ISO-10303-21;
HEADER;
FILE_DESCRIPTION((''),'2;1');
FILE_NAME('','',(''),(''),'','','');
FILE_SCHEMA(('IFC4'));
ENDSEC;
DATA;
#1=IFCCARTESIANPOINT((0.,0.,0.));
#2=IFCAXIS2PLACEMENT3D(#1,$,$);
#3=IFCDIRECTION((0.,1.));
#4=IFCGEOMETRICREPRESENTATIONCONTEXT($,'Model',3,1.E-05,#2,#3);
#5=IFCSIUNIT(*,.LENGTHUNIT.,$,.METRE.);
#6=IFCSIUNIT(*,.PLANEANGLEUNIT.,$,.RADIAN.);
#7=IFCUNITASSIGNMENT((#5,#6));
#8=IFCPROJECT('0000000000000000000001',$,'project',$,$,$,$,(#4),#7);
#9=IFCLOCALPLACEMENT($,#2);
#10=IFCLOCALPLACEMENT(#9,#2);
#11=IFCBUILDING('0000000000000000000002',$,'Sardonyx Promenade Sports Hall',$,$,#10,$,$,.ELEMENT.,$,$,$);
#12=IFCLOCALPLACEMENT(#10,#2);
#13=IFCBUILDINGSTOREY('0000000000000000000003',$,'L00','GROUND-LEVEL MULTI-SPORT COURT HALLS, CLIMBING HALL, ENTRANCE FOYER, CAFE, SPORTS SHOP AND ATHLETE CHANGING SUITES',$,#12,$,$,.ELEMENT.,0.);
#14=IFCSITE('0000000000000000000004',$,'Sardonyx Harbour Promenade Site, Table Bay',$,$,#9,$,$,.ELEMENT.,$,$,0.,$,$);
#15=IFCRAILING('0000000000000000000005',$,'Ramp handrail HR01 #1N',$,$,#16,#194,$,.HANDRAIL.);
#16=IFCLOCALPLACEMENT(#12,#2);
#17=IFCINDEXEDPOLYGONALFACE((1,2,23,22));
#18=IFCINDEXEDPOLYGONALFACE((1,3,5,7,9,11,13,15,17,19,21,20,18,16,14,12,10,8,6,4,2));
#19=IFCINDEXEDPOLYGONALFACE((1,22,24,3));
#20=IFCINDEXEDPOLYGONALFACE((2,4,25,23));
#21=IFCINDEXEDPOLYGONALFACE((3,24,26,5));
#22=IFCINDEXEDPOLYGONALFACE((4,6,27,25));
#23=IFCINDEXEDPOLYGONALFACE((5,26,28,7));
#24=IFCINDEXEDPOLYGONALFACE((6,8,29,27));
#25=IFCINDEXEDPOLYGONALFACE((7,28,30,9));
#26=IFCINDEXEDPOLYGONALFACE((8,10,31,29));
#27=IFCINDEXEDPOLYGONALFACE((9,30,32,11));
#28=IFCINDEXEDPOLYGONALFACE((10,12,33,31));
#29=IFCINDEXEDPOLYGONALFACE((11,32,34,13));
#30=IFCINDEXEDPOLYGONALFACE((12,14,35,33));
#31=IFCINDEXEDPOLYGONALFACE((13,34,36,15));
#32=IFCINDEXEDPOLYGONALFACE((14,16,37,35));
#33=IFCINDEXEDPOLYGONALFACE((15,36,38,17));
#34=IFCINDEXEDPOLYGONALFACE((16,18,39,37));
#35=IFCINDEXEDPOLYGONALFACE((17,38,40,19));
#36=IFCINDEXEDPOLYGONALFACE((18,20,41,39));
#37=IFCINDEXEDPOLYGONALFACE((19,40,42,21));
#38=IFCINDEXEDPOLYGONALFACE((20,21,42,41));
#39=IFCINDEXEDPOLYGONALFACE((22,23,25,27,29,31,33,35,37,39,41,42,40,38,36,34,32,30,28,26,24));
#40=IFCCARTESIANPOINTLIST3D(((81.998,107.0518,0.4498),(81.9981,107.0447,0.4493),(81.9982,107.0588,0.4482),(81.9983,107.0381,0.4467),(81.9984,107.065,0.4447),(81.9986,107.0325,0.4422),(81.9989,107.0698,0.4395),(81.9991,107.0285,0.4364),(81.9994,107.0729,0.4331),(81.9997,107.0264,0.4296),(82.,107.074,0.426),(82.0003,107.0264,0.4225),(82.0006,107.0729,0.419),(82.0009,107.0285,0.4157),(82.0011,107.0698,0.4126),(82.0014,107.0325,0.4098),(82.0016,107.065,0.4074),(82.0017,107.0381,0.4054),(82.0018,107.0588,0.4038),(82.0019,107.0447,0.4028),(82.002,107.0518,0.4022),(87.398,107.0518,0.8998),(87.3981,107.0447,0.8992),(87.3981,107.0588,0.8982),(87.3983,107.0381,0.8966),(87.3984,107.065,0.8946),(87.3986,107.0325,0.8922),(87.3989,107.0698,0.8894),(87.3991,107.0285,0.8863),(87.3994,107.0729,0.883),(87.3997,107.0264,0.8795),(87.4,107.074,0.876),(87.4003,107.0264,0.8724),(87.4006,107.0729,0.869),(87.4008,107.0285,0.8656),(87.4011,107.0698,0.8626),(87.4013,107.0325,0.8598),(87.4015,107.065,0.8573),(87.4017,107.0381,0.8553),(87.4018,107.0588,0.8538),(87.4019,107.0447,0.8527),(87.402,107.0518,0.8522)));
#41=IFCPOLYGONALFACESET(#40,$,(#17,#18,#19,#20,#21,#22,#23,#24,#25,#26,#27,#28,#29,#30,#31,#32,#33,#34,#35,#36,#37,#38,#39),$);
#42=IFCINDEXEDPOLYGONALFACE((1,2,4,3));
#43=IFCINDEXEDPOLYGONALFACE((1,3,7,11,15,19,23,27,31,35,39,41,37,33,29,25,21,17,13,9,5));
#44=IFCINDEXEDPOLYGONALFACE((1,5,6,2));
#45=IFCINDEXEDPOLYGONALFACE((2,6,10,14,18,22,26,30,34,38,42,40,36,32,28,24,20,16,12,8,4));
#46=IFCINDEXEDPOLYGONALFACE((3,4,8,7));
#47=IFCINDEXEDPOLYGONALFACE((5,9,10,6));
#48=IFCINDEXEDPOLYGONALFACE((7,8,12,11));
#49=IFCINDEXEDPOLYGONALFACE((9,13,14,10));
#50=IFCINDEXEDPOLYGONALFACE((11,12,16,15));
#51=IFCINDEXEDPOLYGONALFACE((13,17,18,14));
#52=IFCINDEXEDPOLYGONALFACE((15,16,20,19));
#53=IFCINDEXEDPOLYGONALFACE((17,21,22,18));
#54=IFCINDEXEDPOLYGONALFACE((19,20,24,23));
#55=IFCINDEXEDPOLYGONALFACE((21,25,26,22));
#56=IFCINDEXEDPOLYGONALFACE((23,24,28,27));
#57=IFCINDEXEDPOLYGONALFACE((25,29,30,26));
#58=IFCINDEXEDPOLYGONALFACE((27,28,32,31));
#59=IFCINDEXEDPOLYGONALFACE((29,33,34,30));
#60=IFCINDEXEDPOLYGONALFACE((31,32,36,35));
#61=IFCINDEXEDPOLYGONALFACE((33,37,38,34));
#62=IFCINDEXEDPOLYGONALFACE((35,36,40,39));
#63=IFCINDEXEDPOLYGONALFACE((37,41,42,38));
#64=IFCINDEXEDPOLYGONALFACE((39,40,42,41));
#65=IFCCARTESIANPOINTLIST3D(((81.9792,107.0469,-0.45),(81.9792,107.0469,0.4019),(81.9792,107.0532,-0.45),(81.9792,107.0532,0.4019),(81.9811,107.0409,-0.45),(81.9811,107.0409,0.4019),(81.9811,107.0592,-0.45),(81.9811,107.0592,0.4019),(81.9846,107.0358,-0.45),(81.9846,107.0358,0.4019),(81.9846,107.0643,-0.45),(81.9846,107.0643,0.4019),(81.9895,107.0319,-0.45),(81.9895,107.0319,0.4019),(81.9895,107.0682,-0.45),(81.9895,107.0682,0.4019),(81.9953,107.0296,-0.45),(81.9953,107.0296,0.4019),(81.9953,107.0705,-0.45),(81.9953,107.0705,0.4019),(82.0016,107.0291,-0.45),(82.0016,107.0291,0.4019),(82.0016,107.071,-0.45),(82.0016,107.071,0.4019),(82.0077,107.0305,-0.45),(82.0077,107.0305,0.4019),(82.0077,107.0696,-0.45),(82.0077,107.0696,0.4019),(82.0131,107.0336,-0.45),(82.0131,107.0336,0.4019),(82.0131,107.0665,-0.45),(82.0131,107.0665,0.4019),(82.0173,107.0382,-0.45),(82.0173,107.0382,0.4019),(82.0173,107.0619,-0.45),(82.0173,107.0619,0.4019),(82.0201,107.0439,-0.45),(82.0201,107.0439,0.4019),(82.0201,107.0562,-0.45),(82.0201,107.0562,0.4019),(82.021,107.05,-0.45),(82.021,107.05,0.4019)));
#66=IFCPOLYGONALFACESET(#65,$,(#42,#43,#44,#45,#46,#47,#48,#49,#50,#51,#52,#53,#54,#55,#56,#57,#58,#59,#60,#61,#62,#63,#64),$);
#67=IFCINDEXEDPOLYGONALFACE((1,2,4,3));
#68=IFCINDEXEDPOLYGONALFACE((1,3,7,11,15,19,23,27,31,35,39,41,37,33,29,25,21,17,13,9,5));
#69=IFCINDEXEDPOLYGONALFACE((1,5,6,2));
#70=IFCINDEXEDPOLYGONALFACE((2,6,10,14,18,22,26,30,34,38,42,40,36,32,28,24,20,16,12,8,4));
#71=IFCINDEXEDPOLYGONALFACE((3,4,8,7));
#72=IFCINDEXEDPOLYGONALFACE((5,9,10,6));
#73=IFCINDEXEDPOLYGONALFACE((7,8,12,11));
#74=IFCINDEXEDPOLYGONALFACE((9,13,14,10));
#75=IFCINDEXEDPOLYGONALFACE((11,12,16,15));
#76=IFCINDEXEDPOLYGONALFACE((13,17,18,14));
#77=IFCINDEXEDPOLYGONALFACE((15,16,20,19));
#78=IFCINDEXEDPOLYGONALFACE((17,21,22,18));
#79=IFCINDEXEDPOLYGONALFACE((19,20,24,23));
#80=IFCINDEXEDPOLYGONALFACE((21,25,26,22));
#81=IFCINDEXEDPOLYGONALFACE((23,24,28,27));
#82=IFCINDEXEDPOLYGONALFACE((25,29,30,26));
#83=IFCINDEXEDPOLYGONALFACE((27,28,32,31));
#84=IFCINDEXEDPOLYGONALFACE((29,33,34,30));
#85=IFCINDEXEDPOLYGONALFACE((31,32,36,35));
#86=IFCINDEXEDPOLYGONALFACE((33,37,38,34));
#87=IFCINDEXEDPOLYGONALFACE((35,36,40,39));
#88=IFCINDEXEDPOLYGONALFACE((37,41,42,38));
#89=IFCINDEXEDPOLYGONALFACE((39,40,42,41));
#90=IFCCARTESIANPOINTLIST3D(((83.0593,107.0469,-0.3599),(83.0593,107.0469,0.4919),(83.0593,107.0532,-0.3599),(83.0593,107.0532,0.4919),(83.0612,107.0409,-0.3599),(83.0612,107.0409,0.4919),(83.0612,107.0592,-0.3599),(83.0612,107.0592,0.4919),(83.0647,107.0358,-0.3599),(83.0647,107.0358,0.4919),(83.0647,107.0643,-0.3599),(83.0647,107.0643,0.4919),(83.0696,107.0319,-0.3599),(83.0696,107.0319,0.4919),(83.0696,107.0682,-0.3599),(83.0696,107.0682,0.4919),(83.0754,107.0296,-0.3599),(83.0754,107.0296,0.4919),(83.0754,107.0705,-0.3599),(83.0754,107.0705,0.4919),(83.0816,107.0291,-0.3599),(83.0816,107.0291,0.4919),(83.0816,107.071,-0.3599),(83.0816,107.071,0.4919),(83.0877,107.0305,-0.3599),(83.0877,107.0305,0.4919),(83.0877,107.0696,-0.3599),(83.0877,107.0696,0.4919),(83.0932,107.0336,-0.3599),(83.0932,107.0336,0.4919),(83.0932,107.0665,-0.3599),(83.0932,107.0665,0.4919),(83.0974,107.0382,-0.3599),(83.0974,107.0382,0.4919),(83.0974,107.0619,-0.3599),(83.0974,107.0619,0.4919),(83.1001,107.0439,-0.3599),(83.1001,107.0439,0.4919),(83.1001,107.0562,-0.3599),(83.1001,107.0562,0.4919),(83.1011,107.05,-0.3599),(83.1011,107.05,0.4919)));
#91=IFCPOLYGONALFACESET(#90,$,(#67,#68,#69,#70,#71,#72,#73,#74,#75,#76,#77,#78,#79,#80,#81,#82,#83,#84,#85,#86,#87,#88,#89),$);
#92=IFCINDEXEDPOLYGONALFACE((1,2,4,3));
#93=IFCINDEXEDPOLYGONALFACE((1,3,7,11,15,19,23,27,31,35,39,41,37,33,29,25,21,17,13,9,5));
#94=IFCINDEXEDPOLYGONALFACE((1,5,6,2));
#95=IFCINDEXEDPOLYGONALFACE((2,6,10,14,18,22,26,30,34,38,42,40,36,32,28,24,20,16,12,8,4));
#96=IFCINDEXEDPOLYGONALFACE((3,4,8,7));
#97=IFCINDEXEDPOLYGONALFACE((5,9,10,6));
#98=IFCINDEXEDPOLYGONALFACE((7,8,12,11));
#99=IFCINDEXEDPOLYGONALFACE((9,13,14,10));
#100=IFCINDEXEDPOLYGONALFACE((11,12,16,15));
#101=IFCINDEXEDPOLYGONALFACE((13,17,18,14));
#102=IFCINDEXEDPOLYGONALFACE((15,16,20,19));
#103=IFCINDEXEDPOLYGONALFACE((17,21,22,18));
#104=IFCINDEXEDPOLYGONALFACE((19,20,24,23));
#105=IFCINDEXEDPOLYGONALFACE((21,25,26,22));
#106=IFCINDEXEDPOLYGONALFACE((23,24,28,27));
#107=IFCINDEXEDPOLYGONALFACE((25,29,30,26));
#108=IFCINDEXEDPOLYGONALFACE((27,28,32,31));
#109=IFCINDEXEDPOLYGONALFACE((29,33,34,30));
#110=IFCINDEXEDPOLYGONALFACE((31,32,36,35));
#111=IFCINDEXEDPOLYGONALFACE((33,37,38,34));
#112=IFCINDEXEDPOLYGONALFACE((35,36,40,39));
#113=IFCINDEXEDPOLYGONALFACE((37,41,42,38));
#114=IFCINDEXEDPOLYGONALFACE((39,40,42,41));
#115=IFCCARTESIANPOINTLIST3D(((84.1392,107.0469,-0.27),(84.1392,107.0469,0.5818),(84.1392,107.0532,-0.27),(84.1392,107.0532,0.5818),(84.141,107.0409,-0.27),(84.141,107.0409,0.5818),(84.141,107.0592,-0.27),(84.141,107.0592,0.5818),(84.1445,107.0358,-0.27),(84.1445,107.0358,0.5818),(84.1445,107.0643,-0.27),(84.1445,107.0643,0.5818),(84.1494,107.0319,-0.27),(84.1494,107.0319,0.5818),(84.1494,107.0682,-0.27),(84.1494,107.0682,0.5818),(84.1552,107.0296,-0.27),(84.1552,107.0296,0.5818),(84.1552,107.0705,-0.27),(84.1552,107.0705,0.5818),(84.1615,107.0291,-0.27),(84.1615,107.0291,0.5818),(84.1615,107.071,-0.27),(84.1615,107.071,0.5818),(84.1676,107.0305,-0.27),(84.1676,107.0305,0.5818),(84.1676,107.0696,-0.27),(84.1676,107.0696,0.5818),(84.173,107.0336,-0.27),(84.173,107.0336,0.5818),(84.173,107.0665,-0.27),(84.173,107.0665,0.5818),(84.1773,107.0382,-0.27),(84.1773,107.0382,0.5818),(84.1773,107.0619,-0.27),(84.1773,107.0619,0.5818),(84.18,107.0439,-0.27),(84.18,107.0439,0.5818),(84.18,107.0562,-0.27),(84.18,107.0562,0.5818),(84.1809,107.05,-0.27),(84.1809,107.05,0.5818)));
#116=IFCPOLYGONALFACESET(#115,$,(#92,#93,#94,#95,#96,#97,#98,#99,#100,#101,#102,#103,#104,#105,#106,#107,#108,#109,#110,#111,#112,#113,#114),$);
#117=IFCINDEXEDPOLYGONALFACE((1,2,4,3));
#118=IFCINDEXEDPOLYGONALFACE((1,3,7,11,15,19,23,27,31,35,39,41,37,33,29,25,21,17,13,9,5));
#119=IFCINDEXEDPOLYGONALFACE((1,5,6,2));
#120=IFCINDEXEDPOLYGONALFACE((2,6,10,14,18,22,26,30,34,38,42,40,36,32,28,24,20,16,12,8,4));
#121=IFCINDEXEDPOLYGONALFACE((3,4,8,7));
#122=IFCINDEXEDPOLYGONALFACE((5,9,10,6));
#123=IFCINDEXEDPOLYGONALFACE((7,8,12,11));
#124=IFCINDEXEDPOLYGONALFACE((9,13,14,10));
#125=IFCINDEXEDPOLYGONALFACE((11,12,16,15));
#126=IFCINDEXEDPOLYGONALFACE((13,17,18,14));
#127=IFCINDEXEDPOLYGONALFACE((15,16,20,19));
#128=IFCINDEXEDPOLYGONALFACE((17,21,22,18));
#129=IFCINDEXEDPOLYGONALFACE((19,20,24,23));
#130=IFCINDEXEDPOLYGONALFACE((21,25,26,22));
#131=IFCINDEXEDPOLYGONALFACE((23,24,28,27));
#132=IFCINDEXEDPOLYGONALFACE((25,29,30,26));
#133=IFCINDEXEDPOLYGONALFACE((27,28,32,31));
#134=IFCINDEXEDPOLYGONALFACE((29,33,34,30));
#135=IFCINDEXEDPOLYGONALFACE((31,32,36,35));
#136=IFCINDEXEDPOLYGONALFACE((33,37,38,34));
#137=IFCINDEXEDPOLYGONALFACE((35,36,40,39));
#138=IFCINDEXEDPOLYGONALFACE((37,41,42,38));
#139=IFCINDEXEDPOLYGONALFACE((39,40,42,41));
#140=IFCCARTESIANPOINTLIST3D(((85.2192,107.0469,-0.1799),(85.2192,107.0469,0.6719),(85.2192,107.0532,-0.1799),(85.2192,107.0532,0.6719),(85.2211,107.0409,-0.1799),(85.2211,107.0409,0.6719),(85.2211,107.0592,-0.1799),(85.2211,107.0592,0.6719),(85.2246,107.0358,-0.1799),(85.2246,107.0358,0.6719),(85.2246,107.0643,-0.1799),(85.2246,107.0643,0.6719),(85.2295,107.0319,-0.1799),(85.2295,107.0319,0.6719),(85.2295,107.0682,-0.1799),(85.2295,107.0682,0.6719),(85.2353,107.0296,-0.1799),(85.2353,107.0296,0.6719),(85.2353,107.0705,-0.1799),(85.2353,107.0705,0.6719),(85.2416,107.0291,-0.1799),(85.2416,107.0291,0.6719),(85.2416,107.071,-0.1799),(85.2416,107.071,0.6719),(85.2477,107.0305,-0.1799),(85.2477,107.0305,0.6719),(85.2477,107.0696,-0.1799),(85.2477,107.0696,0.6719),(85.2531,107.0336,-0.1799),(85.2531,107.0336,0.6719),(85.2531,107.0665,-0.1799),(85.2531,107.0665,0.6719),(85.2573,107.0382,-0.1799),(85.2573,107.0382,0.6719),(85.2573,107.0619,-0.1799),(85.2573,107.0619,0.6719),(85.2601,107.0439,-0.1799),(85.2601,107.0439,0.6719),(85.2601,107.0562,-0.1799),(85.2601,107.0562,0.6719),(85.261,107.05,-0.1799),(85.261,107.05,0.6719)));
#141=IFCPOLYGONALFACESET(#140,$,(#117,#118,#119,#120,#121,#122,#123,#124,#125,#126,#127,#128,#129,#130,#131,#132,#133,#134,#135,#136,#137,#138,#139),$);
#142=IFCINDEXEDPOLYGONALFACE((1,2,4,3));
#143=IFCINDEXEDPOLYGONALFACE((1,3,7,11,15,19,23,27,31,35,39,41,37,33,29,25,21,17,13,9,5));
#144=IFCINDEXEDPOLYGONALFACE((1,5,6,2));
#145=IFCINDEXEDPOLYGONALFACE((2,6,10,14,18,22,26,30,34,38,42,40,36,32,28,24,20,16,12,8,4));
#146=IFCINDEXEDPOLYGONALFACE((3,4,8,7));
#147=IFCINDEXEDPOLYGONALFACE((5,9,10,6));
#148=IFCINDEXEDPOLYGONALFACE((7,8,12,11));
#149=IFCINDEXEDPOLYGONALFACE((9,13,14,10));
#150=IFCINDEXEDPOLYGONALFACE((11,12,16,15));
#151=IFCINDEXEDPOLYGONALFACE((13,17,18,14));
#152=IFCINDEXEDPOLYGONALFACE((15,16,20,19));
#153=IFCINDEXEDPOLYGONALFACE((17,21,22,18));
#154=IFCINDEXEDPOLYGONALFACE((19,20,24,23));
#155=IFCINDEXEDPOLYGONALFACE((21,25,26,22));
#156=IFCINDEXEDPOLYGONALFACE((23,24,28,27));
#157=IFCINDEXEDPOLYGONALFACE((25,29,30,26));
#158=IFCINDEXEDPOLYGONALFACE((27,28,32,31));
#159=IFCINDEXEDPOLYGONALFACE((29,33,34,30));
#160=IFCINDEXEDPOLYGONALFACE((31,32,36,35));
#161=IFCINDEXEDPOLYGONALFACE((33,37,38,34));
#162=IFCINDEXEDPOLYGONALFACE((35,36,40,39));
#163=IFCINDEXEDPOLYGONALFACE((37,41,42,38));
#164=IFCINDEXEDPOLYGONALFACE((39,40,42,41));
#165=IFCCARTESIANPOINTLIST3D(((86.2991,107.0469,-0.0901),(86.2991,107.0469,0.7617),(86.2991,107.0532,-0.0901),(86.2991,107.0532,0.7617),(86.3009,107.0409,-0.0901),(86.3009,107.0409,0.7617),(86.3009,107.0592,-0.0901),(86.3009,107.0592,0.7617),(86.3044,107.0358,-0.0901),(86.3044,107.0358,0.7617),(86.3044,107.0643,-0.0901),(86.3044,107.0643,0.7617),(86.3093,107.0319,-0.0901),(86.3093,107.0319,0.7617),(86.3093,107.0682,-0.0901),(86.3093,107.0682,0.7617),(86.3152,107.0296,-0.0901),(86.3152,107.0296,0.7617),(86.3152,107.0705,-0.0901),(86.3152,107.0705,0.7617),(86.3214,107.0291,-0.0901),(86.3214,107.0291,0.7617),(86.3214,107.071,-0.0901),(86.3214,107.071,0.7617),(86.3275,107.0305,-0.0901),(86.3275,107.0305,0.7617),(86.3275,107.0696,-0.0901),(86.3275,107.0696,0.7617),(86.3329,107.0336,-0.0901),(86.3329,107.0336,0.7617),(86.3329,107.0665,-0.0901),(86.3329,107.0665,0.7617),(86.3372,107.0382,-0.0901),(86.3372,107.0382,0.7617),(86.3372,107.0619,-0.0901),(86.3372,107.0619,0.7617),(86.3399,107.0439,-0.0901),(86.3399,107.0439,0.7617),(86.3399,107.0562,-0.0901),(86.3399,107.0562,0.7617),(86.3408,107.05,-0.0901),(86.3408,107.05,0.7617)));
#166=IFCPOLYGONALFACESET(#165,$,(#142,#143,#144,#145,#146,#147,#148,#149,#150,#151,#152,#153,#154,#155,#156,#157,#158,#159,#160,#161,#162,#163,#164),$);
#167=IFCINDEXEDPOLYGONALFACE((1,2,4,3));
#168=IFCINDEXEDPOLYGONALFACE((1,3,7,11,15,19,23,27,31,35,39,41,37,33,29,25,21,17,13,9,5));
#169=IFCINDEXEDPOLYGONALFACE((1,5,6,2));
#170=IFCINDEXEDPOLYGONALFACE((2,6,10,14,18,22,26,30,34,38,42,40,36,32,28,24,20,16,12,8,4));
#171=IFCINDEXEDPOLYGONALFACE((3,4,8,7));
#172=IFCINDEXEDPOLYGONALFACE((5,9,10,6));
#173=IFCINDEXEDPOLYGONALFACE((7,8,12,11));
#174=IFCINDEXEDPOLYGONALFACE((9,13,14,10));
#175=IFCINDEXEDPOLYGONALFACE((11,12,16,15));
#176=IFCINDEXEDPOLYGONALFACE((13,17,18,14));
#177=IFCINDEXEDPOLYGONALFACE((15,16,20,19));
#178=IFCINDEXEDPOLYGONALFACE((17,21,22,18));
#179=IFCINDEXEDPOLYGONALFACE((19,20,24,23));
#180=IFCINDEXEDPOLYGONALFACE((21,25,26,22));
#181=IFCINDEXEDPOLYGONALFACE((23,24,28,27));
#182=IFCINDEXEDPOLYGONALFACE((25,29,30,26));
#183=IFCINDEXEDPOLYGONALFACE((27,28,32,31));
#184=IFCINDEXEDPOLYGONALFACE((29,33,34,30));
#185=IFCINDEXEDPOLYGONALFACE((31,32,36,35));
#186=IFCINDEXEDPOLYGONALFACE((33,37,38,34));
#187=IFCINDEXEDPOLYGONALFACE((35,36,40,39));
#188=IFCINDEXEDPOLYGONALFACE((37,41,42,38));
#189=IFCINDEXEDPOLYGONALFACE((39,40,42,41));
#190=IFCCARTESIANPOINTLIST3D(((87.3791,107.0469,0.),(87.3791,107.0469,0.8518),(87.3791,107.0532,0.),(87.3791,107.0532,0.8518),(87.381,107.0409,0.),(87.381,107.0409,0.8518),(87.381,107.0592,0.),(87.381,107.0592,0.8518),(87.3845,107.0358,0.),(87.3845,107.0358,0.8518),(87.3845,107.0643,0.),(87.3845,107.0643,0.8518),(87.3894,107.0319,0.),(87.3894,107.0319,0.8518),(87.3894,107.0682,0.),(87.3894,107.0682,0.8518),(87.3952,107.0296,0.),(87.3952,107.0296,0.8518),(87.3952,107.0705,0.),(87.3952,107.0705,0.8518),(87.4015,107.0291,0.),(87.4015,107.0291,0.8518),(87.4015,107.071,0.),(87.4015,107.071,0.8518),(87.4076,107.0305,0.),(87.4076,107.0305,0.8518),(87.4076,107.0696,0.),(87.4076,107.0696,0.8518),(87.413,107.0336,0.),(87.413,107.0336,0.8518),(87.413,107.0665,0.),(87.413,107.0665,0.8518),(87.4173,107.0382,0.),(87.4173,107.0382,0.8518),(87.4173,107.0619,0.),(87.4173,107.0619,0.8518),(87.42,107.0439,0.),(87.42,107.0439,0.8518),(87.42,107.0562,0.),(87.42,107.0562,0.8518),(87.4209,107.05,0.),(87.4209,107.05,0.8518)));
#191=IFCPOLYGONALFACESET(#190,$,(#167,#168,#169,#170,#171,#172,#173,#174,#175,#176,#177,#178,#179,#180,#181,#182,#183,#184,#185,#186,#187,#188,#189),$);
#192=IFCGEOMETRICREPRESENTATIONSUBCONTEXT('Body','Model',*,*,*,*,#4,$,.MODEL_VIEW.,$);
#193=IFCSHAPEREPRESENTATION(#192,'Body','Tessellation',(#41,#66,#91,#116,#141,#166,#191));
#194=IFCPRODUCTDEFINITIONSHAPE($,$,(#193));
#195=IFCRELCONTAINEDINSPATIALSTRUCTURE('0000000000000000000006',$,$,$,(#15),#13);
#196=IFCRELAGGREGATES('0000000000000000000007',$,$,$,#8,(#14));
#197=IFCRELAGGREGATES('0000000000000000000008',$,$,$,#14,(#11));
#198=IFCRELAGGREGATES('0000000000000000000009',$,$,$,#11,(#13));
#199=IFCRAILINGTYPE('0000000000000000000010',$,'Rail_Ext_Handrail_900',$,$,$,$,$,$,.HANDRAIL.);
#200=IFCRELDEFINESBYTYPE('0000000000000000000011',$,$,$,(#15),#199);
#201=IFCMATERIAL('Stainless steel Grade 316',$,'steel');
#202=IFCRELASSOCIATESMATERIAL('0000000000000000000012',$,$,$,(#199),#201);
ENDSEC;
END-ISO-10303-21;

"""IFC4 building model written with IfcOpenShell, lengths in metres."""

from ifc_helpers import new_model, si_unit, direction, frame, origin, origin_2d, place, context, subcontext, project, spatial, circle, extrude, material, type_object, element, save


model = new_model("IFC4")

# Units and contexts
model_context = context("Model", 3, precision=1e-05, world=origin(), true_north=direction((0.0, 1.0)))
body_context = subcontext(model_context, "Body", "Model", "MODEL_VIEW")
ifc_project = project(units=[si_unit("LENGTHUNIT", "METRE"), si_unit("PLANEANGLEUNIT", "RADIAN")], contexts=[model_context])

# Site, building, storey
site_placement = place(None, origin())
site = spatial("IfcSite", under=ifc_project, at=site_placement, Name="Sardonyx Harbour Promenade Site, Table Bay", CompositionType="ELEMENT", RefElevation=0.0)
building_placement = place(site_placement, origin())
building = spatial("IfcBuilding", under=site, at=building_placement, Name="Sardonyx Promenade Sports Hall", CompositionType="ELEMENT")
storey_placement = place(building_placement, origin())
storey = spatial("IfcBuildingStorey", under=building, at=storey_placement, Name="L00", Description="GROUND-LEVEL MULTI-SPORT COURT HALLS, CLIMBING HALL, ENTRANCE FOYER, CAFE, SPORTS SHOP AND ATHLETE CHANGING SUITES", CompositionType="ELEMENT", Elevation=0.0)

# Railing
ifc_material_1 = material(Name="Stainless steel Grade 316", Category="steel")
railing_type = type_object("IfcRailingType", Name="Rail_Ext_Handrail_900", PredefinedType="HANDRAIL", material=ifc_material_1)
for number, where, name in (
    (1, (82.0, 107.05, -0.45), "Ramp handrail HR01 #1N"),
):
    element("IfcRailing", number, at=place(storey_placement, frame(where)), inside=storey, type_object=railing_type, Name=name, PredefinedType="HANDRAIL", context=body_context, shape_type="SweptSolid", body=[
        extrude(circle(Radius=0.0239, at=origin_2d()), frame((0.0, 0.0, 0.876), z_axis=(0.996546, 0.0, 0.083038), x_axis=(0.0, 1.0, 0.0)), (0.0, 0.0, 1.0), 5.4187),
        extrude(circle(Radius=0.021, at=origin_2d()), origin(), (0.0, 0.0, 1.0), 0.8518),
        extrude(circle(Radius=0.021, at=origin_2d()), frame((1.0801, 0.0, 0.0901)), (0.0, 0.0, 1.0), 0.8518),
        extrude(circle(Radius=0.021, at=origin_2d()), frame((2.1599, 0.0, 0.1799)), (0.0, 0.0, 1.0), 0.8518),
        extrude(circle(Radius=0.021, at=origin_2d()), frame((3.24, 0.0, 0.27)), (0.0, 0.0, 1.0), 0.8518),
        extrude(circle(Radius=0.021, at=origin_2d()), frame((4.3198, 0.0, 0.3599)), (0.0, 0.0, 1.0), 0.8518),
        extrude(circle(Radius=0.021, at=origin_2d()), frame((5.3999, 0.0, 0.45)), (0.0, 0.0, 1.0), 0.8518),
    ])

save(model, "model.ifc")
